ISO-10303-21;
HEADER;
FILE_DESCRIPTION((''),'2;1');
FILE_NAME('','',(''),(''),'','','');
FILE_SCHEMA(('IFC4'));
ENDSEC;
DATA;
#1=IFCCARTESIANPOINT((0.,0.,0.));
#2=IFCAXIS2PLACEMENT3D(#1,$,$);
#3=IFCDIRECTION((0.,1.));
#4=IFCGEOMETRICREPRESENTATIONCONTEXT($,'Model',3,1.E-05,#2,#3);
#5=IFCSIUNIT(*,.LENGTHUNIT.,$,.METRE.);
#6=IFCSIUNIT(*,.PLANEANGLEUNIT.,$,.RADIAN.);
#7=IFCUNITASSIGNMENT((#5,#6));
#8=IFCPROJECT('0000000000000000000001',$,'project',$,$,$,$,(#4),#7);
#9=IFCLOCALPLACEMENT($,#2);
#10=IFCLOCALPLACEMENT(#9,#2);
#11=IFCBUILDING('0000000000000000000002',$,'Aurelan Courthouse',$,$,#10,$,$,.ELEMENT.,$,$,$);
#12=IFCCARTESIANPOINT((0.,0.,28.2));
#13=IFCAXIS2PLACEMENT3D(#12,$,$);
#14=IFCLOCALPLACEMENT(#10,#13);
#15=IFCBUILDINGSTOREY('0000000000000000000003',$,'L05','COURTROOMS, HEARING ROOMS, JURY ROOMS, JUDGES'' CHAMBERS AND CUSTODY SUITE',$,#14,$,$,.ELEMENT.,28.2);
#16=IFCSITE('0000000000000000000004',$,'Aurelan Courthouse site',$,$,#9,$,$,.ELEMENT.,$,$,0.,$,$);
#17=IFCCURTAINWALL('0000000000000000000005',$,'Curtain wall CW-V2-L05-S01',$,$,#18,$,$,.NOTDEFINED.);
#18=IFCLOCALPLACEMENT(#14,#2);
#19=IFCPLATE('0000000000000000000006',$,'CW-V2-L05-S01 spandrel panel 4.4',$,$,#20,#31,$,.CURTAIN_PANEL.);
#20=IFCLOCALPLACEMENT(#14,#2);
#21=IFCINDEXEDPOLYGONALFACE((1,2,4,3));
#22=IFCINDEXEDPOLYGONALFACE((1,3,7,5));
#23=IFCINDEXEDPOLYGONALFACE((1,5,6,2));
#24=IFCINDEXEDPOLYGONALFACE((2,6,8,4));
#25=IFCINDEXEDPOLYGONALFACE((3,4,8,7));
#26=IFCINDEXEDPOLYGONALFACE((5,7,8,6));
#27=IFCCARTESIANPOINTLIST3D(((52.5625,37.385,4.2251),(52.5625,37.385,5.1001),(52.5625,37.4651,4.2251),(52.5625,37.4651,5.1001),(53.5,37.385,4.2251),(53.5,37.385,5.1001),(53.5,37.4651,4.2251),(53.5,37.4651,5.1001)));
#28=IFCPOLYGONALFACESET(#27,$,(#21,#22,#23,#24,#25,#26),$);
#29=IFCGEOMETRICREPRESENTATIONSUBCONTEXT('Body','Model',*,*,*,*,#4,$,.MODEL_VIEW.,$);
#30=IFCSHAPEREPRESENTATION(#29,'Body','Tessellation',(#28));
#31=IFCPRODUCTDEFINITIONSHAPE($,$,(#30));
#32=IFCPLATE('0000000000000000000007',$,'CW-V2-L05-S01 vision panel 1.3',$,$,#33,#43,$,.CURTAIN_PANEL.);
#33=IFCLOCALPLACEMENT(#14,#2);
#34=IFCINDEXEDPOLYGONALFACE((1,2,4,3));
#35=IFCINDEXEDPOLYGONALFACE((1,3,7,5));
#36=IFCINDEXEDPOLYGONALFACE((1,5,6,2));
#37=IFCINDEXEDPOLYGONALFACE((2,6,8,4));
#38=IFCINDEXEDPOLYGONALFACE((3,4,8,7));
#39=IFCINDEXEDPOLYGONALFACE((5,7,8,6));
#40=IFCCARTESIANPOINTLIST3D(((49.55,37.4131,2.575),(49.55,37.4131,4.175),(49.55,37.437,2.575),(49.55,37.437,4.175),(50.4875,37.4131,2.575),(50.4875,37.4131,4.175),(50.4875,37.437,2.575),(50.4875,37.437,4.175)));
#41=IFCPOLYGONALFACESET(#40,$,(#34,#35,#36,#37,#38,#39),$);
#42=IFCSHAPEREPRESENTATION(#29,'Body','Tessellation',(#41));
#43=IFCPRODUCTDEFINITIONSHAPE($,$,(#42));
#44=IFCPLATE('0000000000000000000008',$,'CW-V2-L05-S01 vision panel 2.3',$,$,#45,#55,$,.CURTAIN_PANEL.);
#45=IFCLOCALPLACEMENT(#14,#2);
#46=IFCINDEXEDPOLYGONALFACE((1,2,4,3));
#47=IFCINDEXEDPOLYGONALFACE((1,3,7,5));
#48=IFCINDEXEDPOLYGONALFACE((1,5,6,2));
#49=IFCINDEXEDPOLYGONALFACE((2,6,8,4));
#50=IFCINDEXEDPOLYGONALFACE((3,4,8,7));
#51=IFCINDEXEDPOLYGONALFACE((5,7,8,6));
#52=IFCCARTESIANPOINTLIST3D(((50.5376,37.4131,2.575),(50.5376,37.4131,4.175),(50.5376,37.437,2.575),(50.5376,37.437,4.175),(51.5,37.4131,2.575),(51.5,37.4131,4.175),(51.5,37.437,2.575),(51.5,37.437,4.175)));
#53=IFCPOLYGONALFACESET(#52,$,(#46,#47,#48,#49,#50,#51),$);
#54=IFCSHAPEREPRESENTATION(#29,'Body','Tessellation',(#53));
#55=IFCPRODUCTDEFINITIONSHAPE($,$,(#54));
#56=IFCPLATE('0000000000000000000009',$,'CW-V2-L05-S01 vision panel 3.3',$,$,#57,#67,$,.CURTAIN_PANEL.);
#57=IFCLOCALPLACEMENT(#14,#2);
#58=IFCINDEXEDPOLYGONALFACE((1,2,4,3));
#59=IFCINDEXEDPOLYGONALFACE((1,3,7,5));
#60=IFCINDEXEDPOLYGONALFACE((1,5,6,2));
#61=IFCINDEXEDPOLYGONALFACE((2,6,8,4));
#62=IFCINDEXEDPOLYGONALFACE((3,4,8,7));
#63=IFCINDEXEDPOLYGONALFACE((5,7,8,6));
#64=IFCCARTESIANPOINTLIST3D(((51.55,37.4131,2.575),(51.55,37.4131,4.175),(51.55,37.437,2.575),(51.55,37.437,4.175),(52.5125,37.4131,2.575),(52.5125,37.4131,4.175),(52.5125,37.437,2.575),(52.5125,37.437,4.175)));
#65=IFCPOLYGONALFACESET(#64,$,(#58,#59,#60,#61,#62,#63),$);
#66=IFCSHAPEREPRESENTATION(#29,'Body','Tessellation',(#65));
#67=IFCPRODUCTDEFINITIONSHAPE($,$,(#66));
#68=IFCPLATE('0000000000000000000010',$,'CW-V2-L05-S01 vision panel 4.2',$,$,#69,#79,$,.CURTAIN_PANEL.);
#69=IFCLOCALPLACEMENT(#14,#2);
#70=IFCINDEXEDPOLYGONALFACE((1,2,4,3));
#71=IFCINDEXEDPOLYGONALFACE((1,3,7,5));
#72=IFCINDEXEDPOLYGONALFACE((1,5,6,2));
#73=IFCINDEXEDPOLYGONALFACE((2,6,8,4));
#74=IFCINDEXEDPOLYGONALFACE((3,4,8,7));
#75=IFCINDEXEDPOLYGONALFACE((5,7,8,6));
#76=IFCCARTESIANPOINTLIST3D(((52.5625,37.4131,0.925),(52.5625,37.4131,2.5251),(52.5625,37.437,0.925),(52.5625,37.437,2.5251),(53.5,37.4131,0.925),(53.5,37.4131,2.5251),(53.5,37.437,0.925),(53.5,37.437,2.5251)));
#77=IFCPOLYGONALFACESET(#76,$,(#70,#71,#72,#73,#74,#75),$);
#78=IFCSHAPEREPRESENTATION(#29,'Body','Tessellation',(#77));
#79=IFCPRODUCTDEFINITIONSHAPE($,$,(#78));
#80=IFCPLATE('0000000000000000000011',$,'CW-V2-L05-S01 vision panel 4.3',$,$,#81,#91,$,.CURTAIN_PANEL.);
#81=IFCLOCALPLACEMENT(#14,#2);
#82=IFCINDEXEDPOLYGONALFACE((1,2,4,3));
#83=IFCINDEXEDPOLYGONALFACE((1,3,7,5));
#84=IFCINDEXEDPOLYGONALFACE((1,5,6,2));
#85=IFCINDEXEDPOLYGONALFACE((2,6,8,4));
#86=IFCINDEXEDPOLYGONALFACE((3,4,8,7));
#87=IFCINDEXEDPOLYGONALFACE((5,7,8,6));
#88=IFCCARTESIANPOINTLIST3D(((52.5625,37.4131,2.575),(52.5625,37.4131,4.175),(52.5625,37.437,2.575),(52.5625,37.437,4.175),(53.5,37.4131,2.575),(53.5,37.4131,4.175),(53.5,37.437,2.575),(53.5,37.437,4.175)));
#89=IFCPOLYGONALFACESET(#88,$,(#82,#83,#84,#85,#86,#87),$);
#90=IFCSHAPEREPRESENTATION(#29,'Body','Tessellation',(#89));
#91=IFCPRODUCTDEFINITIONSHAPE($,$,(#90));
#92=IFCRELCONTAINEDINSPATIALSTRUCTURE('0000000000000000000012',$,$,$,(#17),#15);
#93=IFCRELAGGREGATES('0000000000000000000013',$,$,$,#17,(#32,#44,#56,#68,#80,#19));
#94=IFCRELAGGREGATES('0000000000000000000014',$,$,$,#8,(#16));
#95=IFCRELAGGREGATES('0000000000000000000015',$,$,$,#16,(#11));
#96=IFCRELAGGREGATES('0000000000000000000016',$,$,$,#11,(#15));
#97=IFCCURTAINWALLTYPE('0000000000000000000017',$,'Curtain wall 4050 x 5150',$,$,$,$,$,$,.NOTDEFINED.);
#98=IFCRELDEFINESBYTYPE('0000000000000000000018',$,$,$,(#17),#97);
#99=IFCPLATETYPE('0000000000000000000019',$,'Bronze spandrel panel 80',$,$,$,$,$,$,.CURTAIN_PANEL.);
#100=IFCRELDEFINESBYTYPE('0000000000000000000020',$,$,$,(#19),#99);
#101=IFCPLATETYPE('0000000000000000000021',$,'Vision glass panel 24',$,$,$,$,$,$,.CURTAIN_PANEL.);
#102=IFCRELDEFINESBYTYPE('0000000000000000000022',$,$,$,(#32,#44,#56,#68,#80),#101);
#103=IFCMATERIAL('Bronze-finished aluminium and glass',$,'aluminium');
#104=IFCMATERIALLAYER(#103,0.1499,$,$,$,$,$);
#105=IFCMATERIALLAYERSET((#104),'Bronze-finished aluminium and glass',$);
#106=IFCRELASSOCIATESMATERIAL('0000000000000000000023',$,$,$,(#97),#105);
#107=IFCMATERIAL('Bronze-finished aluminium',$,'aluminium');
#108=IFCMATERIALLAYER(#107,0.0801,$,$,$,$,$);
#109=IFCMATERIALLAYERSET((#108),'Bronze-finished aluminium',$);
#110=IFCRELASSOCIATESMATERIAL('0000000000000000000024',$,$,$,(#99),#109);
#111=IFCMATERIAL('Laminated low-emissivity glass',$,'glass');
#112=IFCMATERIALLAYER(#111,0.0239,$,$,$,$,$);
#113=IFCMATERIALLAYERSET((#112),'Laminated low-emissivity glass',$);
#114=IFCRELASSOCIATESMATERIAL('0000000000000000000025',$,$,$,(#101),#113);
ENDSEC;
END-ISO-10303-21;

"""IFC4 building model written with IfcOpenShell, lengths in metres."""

from ifc_helpers import new_model, si_unit, direction, frame, origin, origin_2d, place, context, subcontext, project, spatial, rectangle, extrude, material, layer, layer_set, type_object, element, aggregate, save


model = new_model("IFC4")

# Units and contexts
model_context = context("Model", 3, precision=1e-05, world=origin(), true_north=direction((0.0, 1.0)))
body_context = subcontext(model_context, "Body", "Model", "MODEL_VIEW")
ifc_project = project(units=[si_unit("LENGTHUNIT", "METRE"), si_unit("PLANEANGLEUNIT", "RADIAN")], contexts=[model_context])

# Site, building, storey
site_placement = place(None, origin())
site = spatial("IfcSite", under=ifc_project, at=site_placement, Name="Aurelan Courthouse site", CompositionType="ELEMENT", RefElevation=0.0)
building_placement = place(site_placement, origin())
building = spatial("IfcBuilding", under=site, at=building_placement, Name="Aurelan Courthouse", CompositionType="ELEMENT")
storey_placement = place(building_placement, frame((0.0, 0.0, 28.2)))
storey = spatial("IfcBuildingStorey", under=building, at=storey_placement, Name="L05", Description="COURTROOMS, HEARING ROOMS, JURY ROOMS, JUDGES' CHAMBERS AND CUSTODY SUITE", CompositionType="ELEMENT", Elevation=28.2)

# Curtain wall, plates
ifc_material_1 = material(Name="Bronze-finished aluminium and glass", Category="aluminium")
ifc_layer_1 = layer(ifc_material_1, 0.1499)
ifc_layer_set_1 = layer_set([ifc_layer_1], Name="Bronze-finished aluminium and glass")
curtain_wall_type = type_object("IfcCurtainWallType", Name="Curtain wall 4050 x 5150", PredefinedType="NOTDEFINED", material=ifc_layer_set_1)
curtain_wall_placement = place(storey_placement, origin())
curtain_wall = element("IfcCurtainWall", 1, at=curtain_wall_placement, inside=storey, type_object=curtain_wall_type, Name="Curtain wall CW-V2-L05-S01", PredefinedType="NOTDEFINED")
ifc_material_2 = material(Name="Bronze-finished aluminium", Category="aluminium")
ifc_layer_2 = layer(ifc_material_2, 0.0801)
ifc_layer_set_2 = layer_set([ifc_layer_2], Name="Bronze-finished aluminium")
plate_type_1 = type_object("IfcPlateType", Name="Bronze spandrel panel 80", PredefinedType="CURTAIN_PANEL", material=ifc_layer_set_2)
plate_1_placement = place(storey_placement, frame((53.0312, 37.425, 4.2251), z_axis=(0.0, 0.0, 1.0), x_axis=(1.0, 0.0, 0.0)))
plate_1 = element("IfcPlate", 2, at=plate_1_placement, type_object=plate_type_1, Name="CW-V2-L05-S01 spandrel panel 4.4", PredefinedType="CURTAIN_PANEL", context=body_context, shape_type="SweptSolid", body=[
    extrude(rectangle(XDim=0.9375, YDim=0.0801, at=origin_2d()), origin(), (0.0, 0.0, 1.0), 0.875),
])
ifc_material_3 = material(Name="Laminated low-emissivity glass", Category="glass")
ifc_layer_3 = layer(ifc_material_3, 0.0239)
ifc_layer_set_3 = layer_set([ifc_layer_3], Name="Laminated low-emissivity glass")
plate_type_2 = type_object("IfcPlateType", Name="Vision glass panel 24", PredefinedType="CURTAIN_PANEL", material=ifc_layer_set_3)
plate_2_placement = place(storey_placement, frame((50.0188, 37.425, 2.575), z_axis=(0.0, 0.0, 1.0), x_axis=(1.0, 0.0, 0.0)))
plate_2 = element("IfcPlate", 3, at=plate_2_placement, type_object=plate_type_2, Name="CW-V2-L05-S01 vision panel 1.3", PredefinedType="CURTAIN_PANEL", context=body_context, shape_type="SweptSolid", body=[
    extrude(rectangle(XDim=0.9375, YDim=0.0239, at=origin_2d()), origin(), (0.0, 0.0, 1.0), 1.6001),
])
plate_3_placement = place(storey_placement, frame((51.0188, 37.425, 2.575), z_axis=(0.0, 0.0, 1.0), x_axis=(1.0, 0.0, 0.0)))
plate_3 = element("IfcPlate", 4, at=plate_3_placement, type_object=plate_type_2, Name="CW-V2-L05-S01 vision panel 2.3", PredefinedType="CURTAIN_PANEL", context=body_context, shape_type="SweptSolid", body=[
    extrude(rectangle(XDim=0.9624, YDim=0.0239, at=origin_2d()), origin(), (0.0, 0.0, 1.0), 1.6001),
])
plate_4_placement = place(storey_placement, frame((52.0312, 37.425, 2.575), z_axis=(0.0, 0.0, 1.0), x_axis=(1.0, 0.0, 0.0)))
plate_4 = element("IfcPlate", 5, at=plate_4_placement, type_object=plate_type_2, Name="CW-V2-L05-S01 vision panel 3.3", PredefinedType="CURTAIN_PANEL", context=body_context, shape_type="SweptSolid", body=[
    extrude(rectangle(XDim=0.9624, YDim=0.0239, at=origin_2d()), origin(), (0.0, 0.0, 1.0), 1.6001),
])
plate_5_placement = place(storey_placement, frame((53.0312, 37.425, 0.925), z_axis=(0.0, 0.0, 1.0), x_axis=(1.0, 0.0, 0.0)))
plate_5 = element("IfcPlate", 6, at=plate_5_placement, type_object=plate_type_2, Name="CW-V2-L05-S01 vision panel 4.2", PredefinedType="CURTAIN_PANEL", context=body_context, shape_type="SweptSolid", body=[
    extrude(rectangle(XDim=0.9375, YDim=0.0239, at=origin_2d()), origin(), (0.0, 0.0, 1.0), 1.6001),
])
plate_6_placement = place(storey_placement, frame((53.0312, 37.425, 2.575), z_axis=(0.0, 0.0, 1.0), x_axis=(1.0, 0.0, 0.0)))
plate_6 = element("IfcPlate", 7, at=plate_6_placement, type_object=plate_type_2, Name="CW-V2-L05-S01 vision panel 4.3", PredefinedType="CURTAIN_PANEL", context=body_context, shape_type="SweptSolid", body=[
    extrude(rectangle(XDim=0.9375, YDim=0.0239, at=origin_2d()), origin(), (0.0, 0.0, 1.0), 1.6001),
])
aggregate(curtain_wall, [plate_2, plate_3, plate_4, plate_5, plate_6, plate_1])

save(model, "model.ifc")
